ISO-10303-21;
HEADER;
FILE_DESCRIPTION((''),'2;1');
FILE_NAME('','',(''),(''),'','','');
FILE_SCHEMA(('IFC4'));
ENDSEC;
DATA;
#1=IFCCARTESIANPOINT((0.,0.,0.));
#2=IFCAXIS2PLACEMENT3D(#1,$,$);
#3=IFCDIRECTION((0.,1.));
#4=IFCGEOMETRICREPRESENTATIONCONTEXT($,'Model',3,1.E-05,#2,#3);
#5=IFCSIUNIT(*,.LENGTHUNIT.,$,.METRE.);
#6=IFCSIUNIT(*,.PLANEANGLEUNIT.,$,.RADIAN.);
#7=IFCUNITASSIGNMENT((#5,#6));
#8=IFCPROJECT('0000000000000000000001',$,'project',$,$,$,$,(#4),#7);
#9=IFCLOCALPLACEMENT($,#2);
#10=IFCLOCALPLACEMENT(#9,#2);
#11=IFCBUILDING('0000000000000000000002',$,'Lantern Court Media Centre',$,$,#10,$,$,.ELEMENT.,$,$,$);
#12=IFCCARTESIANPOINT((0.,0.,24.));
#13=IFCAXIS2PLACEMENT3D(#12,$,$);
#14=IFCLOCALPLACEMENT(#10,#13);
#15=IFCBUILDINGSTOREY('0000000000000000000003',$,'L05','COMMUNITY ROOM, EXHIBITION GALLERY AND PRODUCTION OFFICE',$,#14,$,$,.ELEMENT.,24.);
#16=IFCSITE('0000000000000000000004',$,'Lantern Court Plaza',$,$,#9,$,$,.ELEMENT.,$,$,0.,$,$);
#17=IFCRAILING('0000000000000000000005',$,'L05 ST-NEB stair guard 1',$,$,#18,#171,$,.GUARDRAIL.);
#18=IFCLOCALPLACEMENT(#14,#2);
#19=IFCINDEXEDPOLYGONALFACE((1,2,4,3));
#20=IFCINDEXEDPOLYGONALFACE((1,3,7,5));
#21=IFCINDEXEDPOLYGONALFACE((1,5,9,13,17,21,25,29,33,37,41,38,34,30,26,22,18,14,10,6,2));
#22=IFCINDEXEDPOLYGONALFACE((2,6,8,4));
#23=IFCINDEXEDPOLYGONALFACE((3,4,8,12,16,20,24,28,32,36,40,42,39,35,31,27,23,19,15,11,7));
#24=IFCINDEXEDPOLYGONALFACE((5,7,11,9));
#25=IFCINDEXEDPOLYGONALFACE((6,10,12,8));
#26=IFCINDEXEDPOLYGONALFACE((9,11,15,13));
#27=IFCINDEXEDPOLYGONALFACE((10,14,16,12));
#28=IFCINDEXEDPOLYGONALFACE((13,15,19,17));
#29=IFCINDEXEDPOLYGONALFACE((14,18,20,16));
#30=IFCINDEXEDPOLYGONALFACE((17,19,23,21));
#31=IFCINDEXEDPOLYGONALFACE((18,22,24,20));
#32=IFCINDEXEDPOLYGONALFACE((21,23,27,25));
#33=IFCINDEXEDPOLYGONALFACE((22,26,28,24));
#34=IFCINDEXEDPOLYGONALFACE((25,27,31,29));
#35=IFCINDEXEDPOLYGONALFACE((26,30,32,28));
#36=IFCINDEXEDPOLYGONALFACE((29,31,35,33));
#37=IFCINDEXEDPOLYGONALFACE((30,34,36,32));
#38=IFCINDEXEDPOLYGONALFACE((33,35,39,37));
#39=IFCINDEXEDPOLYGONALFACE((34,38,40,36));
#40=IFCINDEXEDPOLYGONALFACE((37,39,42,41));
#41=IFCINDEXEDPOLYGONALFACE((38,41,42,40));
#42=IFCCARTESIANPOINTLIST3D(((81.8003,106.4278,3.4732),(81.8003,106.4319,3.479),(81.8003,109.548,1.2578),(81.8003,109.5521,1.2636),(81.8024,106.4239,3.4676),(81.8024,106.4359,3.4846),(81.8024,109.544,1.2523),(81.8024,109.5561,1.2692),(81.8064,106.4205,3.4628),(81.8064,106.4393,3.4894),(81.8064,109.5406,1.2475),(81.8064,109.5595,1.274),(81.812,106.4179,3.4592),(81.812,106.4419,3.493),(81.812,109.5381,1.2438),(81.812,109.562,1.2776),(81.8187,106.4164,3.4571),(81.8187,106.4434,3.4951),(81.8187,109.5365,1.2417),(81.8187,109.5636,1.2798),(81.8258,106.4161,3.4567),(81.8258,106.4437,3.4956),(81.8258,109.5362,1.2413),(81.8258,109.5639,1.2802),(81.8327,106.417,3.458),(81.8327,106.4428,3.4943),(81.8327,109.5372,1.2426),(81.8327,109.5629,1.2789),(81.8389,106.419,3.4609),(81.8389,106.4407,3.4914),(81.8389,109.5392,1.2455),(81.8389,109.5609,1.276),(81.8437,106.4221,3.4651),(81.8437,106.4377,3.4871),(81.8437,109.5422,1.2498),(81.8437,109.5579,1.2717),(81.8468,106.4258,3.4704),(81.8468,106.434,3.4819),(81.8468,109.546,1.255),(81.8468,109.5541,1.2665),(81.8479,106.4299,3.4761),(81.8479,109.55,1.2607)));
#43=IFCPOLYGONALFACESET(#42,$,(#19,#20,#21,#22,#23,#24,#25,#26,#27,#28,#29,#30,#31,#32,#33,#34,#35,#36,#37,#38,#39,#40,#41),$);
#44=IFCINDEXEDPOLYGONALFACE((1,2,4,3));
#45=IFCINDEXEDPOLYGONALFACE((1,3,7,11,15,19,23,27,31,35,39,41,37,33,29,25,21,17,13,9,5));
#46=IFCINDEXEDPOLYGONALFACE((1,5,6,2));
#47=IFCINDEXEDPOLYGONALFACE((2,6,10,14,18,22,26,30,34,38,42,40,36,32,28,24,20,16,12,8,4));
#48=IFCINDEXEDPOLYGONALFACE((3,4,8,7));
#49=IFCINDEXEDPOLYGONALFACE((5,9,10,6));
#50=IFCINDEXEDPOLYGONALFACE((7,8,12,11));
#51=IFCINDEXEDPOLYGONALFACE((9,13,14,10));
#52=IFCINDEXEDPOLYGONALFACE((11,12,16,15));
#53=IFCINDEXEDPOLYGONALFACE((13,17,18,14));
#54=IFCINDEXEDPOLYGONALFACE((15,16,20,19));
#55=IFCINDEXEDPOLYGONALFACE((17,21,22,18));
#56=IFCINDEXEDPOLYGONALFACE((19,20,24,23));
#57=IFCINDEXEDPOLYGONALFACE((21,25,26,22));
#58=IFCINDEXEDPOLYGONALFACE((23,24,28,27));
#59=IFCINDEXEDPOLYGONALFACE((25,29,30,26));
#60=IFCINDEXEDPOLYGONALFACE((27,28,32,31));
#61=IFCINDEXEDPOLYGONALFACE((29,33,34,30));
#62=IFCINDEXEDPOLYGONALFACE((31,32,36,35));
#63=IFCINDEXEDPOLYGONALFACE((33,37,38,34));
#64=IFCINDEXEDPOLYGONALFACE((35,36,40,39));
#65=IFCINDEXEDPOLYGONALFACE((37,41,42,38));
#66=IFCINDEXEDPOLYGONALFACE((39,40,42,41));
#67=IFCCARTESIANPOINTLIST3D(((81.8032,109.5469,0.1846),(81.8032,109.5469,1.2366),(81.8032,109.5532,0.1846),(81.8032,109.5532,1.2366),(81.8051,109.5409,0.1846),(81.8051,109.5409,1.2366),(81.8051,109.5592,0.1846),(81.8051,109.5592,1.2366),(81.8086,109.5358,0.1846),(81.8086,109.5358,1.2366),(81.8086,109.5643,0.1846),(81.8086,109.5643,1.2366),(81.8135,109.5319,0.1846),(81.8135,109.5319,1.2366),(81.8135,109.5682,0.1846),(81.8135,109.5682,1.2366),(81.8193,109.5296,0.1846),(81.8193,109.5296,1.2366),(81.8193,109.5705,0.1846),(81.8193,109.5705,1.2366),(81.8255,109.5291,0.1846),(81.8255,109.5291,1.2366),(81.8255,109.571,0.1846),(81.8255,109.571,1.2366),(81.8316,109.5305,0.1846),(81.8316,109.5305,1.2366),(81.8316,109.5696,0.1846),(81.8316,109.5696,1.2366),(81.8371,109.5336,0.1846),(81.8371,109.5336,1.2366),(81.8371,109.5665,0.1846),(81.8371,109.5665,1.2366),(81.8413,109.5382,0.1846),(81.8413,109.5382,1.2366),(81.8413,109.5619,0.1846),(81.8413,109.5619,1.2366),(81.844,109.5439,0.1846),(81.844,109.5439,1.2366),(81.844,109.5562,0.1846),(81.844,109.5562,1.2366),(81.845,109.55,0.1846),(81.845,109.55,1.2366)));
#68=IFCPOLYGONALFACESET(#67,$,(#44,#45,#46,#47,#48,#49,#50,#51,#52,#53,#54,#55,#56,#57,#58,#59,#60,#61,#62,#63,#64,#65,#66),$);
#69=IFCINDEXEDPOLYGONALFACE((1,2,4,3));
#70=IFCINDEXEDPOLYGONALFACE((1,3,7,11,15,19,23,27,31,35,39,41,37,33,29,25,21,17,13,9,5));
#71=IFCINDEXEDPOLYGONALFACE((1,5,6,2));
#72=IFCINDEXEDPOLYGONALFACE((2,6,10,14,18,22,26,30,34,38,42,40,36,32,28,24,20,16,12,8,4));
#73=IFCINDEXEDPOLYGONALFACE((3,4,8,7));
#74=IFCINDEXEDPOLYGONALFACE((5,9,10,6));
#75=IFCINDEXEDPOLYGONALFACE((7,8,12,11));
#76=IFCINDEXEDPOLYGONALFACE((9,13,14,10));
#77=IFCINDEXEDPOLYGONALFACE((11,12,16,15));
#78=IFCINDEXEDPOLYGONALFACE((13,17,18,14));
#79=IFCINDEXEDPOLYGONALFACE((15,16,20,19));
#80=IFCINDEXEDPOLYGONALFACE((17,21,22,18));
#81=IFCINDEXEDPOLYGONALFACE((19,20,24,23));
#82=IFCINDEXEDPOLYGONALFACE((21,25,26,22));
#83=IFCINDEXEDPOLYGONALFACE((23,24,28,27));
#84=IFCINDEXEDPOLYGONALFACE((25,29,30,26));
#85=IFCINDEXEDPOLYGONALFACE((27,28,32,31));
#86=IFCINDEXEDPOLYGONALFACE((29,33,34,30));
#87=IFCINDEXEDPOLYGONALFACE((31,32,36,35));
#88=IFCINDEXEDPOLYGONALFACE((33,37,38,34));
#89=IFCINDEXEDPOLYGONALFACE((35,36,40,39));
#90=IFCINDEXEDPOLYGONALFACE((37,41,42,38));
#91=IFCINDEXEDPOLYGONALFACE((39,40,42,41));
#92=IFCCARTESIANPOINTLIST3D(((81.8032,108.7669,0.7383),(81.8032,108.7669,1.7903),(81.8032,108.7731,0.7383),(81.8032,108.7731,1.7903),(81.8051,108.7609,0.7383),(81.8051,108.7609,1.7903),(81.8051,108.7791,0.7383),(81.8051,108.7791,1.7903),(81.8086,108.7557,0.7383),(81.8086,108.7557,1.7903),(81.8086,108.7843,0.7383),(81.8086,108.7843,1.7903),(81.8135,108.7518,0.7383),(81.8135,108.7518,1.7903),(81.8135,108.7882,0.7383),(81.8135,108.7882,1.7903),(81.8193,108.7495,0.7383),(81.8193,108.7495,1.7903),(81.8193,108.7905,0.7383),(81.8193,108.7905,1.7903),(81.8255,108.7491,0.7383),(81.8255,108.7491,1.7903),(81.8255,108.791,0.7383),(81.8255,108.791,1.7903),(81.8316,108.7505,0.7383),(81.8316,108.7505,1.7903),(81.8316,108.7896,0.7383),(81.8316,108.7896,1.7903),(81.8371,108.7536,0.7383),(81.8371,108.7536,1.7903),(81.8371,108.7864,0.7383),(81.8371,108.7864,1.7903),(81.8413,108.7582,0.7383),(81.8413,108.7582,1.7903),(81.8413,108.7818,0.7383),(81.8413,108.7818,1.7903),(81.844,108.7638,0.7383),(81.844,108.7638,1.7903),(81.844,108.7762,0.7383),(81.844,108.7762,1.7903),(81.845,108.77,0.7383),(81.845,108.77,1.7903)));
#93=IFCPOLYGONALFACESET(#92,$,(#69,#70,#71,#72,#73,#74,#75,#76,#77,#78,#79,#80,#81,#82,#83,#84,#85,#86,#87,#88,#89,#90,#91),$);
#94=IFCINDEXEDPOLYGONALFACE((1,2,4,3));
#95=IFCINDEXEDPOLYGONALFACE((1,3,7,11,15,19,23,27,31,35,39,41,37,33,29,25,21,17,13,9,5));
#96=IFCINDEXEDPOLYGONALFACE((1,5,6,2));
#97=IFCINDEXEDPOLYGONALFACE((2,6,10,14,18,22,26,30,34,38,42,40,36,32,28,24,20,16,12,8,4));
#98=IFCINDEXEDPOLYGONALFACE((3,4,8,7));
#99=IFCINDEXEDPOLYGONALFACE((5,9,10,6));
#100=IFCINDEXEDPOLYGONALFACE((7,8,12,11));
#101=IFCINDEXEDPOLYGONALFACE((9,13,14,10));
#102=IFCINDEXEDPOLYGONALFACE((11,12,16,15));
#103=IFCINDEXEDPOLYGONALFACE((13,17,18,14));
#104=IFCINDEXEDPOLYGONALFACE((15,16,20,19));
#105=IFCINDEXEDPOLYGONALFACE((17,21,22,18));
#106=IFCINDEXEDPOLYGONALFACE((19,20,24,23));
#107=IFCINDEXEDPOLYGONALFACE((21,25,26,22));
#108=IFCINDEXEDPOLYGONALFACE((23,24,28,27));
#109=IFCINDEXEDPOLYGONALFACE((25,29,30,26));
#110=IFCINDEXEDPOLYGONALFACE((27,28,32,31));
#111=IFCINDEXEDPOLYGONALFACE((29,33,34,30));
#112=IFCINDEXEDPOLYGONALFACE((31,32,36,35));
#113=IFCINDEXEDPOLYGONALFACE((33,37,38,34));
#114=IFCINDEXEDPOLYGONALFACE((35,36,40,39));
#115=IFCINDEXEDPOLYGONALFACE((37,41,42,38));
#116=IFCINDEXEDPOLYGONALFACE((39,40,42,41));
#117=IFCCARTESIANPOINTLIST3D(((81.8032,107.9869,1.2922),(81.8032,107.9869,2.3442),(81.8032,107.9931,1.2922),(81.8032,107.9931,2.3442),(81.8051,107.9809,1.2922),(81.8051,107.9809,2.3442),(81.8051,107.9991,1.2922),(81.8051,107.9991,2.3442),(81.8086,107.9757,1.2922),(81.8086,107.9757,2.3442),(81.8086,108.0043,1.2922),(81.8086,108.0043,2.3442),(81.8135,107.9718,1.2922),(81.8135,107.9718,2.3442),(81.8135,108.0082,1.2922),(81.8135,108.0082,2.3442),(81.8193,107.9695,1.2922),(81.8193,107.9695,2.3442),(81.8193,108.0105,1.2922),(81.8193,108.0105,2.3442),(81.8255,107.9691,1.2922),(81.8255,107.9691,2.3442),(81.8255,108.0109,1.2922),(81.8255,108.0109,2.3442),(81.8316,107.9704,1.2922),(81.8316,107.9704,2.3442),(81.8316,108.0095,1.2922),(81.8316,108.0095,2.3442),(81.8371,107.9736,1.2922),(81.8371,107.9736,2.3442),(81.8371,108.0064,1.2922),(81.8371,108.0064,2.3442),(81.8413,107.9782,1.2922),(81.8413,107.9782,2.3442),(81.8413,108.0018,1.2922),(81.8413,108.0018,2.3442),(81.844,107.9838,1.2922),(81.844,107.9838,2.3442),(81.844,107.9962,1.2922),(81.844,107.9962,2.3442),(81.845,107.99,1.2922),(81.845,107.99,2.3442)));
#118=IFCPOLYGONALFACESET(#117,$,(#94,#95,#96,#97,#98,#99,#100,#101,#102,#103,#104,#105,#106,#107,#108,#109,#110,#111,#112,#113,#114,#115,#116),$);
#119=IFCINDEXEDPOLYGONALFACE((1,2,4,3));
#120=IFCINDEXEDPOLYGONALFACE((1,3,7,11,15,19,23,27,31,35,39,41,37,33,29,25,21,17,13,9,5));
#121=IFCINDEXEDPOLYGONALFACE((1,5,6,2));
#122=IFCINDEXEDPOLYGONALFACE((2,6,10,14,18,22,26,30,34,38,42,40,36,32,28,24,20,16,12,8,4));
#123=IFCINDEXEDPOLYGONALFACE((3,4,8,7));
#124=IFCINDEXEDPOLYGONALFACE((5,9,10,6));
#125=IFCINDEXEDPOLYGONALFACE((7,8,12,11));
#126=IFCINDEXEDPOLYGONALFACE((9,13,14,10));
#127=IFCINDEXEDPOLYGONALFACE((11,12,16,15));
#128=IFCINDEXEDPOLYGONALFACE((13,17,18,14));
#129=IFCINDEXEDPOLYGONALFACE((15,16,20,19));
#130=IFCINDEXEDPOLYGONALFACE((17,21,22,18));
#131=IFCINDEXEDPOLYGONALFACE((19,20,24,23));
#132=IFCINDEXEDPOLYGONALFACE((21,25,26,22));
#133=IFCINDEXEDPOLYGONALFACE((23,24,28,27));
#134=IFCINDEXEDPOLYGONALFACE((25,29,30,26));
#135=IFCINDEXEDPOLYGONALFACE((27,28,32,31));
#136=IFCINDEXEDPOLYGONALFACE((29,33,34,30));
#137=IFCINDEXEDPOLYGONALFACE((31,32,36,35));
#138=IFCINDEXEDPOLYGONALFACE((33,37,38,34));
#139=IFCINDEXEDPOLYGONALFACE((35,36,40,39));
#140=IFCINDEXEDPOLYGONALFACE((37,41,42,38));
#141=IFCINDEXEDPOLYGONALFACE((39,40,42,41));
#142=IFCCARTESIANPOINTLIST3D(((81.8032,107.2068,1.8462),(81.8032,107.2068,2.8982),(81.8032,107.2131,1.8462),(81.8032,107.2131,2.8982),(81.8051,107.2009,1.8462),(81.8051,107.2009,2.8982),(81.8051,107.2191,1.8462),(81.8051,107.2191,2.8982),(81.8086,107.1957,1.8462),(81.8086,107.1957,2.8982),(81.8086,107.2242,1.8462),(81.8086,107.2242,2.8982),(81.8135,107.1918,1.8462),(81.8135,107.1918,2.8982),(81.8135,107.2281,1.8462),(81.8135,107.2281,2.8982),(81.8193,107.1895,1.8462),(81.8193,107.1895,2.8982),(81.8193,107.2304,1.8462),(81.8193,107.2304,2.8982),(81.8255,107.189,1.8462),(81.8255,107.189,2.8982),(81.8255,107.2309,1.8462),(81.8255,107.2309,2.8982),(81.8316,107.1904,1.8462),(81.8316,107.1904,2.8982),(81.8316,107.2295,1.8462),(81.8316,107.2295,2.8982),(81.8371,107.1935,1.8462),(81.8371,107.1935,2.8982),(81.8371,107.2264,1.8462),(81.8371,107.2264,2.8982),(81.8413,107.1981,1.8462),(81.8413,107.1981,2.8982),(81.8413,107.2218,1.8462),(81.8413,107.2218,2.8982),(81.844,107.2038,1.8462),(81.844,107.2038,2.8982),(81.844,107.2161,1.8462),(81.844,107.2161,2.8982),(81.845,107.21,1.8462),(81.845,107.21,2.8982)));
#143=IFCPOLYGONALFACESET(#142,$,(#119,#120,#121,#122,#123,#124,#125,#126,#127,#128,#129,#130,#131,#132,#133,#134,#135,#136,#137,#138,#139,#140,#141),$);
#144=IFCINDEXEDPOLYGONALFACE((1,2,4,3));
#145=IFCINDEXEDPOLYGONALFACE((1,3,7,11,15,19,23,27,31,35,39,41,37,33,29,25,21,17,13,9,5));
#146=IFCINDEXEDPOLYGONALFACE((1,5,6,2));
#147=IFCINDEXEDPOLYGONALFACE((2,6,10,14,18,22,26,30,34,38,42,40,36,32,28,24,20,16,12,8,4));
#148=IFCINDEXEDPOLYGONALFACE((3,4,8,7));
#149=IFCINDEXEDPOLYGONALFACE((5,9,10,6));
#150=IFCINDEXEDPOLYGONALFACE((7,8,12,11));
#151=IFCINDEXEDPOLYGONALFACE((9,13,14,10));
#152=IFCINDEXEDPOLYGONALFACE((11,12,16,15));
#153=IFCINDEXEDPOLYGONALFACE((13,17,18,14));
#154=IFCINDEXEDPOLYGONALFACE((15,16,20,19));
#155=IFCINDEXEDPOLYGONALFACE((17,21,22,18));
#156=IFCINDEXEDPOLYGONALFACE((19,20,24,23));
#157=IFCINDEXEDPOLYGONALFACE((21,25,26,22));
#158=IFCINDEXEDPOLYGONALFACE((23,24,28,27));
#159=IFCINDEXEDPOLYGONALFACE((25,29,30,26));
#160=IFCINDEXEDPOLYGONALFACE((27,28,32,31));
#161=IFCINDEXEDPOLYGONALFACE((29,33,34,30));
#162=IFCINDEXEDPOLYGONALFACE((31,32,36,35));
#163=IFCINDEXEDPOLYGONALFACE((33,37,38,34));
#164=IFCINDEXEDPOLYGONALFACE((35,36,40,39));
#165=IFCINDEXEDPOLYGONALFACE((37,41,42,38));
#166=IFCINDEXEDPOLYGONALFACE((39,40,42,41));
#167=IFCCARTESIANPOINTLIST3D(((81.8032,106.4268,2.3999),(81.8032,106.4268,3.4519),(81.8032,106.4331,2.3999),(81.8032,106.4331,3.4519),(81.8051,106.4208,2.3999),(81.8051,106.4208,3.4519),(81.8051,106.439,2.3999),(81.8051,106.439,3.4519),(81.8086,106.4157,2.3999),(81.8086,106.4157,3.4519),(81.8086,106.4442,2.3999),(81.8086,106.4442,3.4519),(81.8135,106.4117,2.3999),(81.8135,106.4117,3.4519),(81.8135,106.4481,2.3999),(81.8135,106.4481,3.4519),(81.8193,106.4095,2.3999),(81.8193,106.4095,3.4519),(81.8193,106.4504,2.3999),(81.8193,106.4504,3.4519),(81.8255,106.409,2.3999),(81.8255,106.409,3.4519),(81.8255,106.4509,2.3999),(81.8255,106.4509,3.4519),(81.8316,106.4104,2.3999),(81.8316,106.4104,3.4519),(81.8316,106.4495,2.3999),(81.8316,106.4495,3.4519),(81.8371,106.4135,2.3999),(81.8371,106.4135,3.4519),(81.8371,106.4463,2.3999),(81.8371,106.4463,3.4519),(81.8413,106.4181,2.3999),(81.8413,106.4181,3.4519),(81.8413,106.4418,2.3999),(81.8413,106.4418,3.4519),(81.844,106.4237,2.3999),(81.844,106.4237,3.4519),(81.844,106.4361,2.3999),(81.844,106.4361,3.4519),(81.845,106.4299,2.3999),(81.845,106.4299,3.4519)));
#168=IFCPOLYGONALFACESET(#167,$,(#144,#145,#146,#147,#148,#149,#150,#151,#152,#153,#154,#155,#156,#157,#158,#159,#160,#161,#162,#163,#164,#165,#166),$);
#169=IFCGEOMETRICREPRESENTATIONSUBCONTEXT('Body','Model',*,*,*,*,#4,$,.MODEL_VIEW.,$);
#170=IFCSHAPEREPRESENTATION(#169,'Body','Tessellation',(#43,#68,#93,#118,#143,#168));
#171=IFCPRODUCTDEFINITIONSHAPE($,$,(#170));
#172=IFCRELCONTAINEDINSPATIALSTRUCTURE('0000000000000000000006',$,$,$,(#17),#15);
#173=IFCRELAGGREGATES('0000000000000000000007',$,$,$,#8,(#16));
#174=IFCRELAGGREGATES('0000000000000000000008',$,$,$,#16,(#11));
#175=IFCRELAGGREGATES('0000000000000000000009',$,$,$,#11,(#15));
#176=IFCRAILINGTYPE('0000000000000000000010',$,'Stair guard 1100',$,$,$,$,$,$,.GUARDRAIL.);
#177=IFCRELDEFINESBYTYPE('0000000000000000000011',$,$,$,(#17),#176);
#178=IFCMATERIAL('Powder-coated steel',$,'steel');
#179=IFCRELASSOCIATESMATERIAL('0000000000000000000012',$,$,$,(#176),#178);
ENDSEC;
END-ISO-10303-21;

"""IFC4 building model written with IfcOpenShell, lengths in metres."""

from ifc_helpers import new_model, si_unit, direction, frame, origin, origin_2d, place, context, subcontext, project, spatial, circle, extrude, material, type_object, element, save


model = new_model("IFC4")

# Units and contexts
model_context = context("Model", 3, precision=1e-05, world=origin(), true_north=direction((0.0, 1.0)))
body_context = subcontext(model_context, "Body", "Model", "MODEL_VIEW")
ifc_project = project(units=[si_unit("LENGTHUNIT", "METRE"), si_unit("PLANEANGLEUNIT", "RADIAN")], contexts=[model_context])

# Site, building, storey
site_placement = place(None, origin())
site = spatial("IfcSite", under=ifc_project, at=site_placement, Name="Lantern Court Plaza", CompositionType="ELEMENT", RefElevation=0.0)
building_placement = place(site_placement, origin())
building = spatial("IfcBuilding", under=site, at=building_placement, Name="Lantern Court Media Centre", CompositionType="ELEMENT")
storey_placement = place(building_placement, frame((0.0, 0.0, 24.0)))
storey = spatial("IfcBuildingStorey", under=building, at=storey_placement, Name="L05", Description="COMMUNITY ROOM, EXHIBITION GALLERY AND PRODUCTION OFFICE", CompositionType="ELEMENT", Elevation=24.0)

# Shared definitions
ifc_material_1 = material(Name="Powder-coated steel", Category="steel")

# Railing
railing_type_1 = type_object("IfcRailingType", Name="Stair guard 1100", PredefinedType="GUARDRAIL", material=ifc_material_1)
railing_1_placement = place(storey_placement, frame((81.824, 109.55, 0.1846)))
element("IfcRailing", 1, at=railing_1_placement, inside=storey, type_object=railing_type_1, Name="L05 ST-NEB stair guard 1", PredefinedType="GUARDRAIL", context=body_context, shape_type="SweptSolid", body=[
    extrude(circle(Radius=0.0239, at=origin_2d()), frame((0.0, 0.0, 1.0762), z_axis=(0.0, -0.815377, 0.57893), x_axis=(1.0, 0.0, 0.0)), (0.0, 0.0, 1.0), 3.8267),
    extrude(circle(Radius=0.021, at=origin_2d()), origin(), (0.0, 0.0, 1.0), 1.052),
    extrude(circle(Radius=0.021, at=origin_2d()), frame((0.0, -0.78, 0.5537)), (0.0, 0.0, 1.0), 1.052),
    extrude(circle(Radius=0.021, at=origin_2d()), frame((0.0, -1.5601, 1.1077)), (0.0, 0.0, 1.0), 1.052),
    extrude(circle(Radius=0.021, at=origin_2d()), frame((0.0, -2.3401, 1.6616)), (0.0, 0.0, 1.0), 1.052),
    extrude(circle(Radius=0.021, at=origin_2d()), frame((0.0, -3.1201, 2.2153)), (0.0, 0.0, 1.0), 1.052),
])

save(model, "model.ifc")
